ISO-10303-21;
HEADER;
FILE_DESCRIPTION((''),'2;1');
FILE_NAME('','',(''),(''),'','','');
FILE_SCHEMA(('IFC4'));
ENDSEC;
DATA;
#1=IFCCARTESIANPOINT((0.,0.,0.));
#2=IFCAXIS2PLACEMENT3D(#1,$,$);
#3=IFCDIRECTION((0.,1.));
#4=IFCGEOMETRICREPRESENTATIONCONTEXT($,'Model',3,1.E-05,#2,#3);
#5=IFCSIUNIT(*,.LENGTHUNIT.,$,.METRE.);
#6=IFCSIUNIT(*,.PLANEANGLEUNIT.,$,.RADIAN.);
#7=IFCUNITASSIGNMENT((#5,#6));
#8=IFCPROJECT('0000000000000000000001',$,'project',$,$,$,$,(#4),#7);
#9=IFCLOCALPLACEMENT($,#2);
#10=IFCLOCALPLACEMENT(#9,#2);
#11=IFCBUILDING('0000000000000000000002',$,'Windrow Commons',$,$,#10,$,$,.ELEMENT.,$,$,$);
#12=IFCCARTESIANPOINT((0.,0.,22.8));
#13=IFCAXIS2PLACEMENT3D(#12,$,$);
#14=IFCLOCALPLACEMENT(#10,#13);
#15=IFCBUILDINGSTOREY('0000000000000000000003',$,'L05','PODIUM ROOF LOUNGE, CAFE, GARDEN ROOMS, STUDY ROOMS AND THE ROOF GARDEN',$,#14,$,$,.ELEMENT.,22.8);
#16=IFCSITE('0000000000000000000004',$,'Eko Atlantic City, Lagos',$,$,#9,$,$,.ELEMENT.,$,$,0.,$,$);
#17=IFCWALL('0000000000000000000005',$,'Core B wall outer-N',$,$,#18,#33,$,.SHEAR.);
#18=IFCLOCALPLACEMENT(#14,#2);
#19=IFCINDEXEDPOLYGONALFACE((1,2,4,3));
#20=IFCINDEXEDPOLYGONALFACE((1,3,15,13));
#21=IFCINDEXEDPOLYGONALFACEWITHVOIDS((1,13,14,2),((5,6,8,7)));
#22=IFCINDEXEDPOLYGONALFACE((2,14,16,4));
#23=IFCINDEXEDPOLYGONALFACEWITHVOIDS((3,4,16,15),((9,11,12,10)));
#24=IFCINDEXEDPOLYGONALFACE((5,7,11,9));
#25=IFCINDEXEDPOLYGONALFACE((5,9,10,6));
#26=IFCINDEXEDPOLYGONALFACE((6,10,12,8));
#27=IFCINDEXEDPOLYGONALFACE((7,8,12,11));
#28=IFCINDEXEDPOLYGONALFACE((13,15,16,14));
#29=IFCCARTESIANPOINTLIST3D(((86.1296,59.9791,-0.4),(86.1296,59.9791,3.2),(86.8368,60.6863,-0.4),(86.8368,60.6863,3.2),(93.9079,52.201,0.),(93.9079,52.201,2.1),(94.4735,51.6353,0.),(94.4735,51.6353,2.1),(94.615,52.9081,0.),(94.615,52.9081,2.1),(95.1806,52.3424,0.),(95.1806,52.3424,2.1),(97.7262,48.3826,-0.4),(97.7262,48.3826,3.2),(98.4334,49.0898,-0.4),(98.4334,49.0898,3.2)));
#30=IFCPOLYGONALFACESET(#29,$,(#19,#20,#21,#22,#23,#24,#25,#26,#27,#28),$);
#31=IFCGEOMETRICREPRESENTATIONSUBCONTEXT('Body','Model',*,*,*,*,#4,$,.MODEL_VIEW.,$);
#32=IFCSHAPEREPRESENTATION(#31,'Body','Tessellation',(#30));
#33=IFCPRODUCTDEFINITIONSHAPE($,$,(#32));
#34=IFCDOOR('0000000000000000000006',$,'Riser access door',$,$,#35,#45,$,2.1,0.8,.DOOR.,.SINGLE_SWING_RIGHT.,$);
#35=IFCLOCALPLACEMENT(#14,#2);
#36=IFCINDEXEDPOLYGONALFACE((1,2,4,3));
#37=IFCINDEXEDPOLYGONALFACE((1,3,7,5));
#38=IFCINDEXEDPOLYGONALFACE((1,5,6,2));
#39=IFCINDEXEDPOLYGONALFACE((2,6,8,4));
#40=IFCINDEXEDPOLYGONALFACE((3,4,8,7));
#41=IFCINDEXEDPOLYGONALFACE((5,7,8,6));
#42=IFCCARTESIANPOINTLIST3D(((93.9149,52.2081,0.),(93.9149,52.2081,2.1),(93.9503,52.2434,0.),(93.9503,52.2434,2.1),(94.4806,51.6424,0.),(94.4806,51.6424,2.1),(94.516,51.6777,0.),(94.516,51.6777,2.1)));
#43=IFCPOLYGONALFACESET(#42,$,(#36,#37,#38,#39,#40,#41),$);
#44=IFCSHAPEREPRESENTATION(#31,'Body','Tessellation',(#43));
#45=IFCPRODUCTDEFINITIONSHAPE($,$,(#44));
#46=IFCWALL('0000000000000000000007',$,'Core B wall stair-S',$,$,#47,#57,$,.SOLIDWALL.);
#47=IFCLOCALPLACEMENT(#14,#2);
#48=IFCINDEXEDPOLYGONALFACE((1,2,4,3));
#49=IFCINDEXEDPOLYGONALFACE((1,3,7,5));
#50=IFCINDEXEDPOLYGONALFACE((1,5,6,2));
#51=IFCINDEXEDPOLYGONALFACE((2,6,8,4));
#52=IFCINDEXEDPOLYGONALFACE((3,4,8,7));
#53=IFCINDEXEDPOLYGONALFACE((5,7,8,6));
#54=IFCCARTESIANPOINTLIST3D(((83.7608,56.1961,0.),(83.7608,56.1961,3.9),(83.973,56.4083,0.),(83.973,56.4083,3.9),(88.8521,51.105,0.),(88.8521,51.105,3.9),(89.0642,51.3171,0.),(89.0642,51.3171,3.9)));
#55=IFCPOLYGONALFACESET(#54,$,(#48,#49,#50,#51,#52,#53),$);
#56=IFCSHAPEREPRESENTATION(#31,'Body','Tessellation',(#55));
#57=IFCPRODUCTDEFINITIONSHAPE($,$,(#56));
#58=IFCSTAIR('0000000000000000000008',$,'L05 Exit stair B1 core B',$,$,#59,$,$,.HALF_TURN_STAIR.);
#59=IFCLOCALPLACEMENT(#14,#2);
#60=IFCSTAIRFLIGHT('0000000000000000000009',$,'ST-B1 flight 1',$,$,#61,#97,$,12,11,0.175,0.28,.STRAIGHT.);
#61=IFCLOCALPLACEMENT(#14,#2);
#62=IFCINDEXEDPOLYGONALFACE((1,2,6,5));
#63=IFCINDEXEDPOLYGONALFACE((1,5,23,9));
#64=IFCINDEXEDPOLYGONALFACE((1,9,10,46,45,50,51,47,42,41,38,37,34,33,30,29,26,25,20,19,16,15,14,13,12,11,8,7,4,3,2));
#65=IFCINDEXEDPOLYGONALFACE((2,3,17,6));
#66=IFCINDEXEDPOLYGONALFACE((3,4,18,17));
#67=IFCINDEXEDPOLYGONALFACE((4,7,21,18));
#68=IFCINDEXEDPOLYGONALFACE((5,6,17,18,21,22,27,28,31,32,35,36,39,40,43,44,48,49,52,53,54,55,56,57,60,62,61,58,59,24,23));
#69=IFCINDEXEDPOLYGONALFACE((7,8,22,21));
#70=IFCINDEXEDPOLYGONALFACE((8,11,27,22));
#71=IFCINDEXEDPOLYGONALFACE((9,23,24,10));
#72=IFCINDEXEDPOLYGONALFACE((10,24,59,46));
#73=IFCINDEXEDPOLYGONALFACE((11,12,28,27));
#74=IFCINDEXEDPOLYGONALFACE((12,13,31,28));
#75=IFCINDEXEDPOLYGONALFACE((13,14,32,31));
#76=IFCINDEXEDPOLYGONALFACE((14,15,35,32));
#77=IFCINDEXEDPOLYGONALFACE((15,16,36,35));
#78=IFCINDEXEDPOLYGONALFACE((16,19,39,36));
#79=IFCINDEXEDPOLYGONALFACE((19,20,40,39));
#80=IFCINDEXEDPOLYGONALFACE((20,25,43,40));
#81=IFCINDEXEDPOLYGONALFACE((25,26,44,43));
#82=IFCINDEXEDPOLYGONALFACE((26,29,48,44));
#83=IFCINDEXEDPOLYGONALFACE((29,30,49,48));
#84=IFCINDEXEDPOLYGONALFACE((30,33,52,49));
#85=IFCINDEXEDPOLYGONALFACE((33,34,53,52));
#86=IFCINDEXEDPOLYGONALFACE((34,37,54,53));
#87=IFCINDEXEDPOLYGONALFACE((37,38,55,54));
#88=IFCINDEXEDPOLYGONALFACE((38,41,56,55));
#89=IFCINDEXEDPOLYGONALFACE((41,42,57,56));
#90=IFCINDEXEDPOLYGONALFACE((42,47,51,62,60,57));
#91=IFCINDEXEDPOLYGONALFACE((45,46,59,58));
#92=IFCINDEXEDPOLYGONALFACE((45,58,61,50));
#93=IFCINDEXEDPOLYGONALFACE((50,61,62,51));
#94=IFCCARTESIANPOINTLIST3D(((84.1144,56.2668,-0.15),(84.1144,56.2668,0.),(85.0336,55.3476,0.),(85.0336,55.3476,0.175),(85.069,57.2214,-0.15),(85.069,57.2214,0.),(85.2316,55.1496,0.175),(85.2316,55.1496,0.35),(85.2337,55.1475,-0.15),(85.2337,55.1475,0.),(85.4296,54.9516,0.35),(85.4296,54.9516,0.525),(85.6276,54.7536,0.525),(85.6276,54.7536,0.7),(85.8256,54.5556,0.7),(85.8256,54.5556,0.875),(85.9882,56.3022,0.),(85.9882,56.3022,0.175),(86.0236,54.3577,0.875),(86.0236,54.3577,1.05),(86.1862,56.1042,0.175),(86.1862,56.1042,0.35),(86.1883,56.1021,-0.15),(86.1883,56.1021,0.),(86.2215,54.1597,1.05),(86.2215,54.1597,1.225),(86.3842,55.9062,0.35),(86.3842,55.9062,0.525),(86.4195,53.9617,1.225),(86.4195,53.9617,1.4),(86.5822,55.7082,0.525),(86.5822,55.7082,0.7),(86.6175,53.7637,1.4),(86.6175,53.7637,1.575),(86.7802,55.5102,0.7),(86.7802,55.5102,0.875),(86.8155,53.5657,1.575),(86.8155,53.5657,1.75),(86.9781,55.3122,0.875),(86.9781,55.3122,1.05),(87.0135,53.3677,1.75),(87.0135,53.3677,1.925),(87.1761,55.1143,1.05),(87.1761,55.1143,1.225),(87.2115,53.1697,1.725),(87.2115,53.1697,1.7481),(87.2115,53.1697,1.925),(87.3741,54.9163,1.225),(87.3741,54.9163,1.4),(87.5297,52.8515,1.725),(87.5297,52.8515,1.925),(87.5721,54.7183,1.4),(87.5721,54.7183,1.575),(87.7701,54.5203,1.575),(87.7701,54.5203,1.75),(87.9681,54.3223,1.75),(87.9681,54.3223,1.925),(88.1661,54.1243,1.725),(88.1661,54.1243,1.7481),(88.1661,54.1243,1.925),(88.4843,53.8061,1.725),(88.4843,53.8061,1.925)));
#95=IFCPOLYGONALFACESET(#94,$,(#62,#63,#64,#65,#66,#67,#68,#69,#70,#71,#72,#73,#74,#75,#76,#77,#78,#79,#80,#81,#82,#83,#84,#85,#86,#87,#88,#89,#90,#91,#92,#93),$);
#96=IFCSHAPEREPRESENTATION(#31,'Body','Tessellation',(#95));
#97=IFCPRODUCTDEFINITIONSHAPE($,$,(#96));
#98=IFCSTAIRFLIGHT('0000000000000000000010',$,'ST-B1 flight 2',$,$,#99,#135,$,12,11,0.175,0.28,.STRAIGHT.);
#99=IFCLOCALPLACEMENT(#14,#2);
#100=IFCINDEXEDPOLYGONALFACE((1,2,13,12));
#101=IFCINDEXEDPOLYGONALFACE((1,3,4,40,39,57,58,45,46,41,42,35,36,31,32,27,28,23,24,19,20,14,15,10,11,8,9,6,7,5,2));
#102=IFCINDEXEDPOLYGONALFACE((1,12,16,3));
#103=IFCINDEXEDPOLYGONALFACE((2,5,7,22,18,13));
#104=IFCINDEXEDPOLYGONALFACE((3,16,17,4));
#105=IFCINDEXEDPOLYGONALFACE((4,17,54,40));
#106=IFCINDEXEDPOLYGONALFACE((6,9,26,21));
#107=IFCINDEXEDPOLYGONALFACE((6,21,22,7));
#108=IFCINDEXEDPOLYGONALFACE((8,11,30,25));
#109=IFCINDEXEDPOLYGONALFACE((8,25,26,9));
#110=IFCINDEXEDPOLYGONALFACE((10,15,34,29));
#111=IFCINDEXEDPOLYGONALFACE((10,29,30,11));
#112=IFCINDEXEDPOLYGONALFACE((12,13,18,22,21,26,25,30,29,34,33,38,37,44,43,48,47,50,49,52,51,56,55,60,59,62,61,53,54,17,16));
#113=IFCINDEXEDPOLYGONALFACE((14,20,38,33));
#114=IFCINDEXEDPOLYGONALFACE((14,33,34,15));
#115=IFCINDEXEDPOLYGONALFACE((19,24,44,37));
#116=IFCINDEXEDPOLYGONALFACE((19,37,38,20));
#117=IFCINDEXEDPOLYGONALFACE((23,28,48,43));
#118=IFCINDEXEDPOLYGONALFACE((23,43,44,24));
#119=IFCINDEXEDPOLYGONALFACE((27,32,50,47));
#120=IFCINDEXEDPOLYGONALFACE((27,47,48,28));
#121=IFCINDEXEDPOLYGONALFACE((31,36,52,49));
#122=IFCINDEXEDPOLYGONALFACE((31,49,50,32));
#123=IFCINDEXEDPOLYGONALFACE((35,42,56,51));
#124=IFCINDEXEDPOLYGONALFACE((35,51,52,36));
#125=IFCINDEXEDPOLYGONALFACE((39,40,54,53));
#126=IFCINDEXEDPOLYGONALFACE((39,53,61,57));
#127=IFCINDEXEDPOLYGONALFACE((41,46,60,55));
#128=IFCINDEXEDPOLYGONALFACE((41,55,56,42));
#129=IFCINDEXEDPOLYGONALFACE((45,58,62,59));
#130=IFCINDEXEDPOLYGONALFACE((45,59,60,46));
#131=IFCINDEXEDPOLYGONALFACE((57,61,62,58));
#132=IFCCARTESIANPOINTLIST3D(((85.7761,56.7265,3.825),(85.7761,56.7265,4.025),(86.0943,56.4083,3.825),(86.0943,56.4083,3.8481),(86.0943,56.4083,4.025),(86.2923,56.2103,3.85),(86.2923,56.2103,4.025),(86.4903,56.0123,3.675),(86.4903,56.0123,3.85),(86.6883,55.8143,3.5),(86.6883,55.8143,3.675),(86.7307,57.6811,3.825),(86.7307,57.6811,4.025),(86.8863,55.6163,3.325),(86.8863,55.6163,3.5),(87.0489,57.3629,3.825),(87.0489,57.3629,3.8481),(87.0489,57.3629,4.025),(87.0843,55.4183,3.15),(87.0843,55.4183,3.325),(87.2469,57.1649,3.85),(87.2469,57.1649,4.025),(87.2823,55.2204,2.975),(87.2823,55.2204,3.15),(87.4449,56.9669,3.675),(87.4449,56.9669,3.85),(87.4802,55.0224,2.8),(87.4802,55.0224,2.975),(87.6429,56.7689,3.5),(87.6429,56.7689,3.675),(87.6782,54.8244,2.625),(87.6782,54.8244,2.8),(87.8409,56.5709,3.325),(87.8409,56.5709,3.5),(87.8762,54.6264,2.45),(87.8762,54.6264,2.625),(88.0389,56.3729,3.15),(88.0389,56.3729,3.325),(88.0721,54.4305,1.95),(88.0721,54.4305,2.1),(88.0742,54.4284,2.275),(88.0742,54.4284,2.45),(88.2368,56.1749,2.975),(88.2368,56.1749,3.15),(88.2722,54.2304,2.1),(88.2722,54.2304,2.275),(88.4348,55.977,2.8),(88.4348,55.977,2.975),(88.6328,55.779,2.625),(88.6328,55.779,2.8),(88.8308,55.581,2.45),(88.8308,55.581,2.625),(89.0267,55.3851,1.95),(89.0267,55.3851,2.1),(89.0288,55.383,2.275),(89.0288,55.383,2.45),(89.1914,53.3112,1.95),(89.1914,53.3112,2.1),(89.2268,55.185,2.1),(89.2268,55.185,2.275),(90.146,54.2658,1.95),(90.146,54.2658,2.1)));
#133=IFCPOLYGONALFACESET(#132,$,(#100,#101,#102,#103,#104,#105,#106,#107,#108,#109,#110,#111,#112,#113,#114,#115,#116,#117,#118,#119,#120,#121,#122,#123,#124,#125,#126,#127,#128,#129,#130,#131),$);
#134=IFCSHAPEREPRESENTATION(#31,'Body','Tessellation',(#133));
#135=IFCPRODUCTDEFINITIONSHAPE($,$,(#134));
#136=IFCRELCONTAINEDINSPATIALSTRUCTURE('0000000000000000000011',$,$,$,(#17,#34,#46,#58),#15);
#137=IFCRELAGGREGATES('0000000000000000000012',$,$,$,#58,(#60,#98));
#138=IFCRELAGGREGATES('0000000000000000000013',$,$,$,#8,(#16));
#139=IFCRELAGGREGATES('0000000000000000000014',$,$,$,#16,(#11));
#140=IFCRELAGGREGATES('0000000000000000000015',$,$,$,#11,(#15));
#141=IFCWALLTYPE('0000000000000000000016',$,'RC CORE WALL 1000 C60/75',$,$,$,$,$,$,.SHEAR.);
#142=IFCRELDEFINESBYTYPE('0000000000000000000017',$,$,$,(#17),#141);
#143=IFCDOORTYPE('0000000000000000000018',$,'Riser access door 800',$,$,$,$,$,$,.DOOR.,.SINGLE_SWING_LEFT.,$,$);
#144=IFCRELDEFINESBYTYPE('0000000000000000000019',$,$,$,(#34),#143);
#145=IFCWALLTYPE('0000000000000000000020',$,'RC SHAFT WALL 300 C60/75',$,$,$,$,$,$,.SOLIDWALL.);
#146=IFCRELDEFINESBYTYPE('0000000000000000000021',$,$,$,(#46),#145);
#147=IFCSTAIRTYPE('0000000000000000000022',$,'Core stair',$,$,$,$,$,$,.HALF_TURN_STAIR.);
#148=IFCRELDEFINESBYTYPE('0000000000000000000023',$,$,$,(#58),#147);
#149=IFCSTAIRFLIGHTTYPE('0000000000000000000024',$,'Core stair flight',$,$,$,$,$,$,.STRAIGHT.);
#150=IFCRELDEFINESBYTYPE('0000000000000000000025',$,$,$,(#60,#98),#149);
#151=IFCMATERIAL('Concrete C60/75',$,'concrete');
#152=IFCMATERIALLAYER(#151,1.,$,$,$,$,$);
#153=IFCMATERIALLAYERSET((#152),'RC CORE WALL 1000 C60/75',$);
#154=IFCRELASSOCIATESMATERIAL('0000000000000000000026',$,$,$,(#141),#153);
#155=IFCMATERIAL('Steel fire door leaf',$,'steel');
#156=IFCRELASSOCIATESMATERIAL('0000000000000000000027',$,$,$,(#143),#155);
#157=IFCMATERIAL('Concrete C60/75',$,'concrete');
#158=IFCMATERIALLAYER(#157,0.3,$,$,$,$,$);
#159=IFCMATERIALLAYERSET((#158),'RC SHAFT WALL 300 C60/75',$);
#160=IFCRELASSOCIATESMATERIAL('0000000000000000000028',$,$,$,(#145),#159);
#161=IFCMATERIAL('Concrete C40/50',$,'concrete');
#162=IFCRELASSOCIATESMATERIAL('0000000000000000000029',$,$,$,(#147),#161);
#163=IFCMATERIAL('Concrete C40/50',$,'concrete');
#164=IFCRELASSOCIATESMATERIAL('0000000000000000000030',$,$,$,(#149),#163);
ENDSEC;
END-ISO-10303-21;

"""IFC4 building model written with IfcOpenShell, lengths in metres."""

from ifc_helpers import new_model, si_unit, direction, frame, frame_2d, origin, place, context, subcontext, project, spatial, polyline, rectangle, outline, extrude, material, layer, layer_set, type_object, element, fill, aggregate, save


model = new_model("IFC4")

# Units and contexts
model_context = context("Model", 3, precision=1e-05, world=origin(), true_north=direction((0.0, 1.0)))
body_context = subcontext(model_context, "Body", "Model", "MODEL_VIEW")
ifc_project = project(units=[si_unit("LENGTHUNIT", "METRE"), si_unit("PLANEANGLEUNIT", "RADIAN")], contexts=[model_context])

# Site, building, storey
site_placement = place(None, origin())
site = spatial("IfcSite", under=ifc_project, at=site_placement, Name="Eko Atlantic City, Lagos", CompositionType="ELEMENT", RefElevation=0.0)
building_placement = place(site_placement, origin())
building = spatial("IfcBuilding", under=site, at=building_placement, Name="Windrow Commons", CompositionType="ELEMENT")
storey_placement = place(building_placement, frame((0.0, 0.0, 22.8)))
storey = spatial("IfcBuildingStorey", under=building, at=storey_placement, Name="L05", Description="PODIUM ROOF LOUNGE, CAFE, GARDEN ROOMS, STUDY ROOMS AND THE ROOF GARDEN", CompositionType="ELEMENT", Elevation=22.8)

# Wall, opening, door
ifc_material_1 = material(Name="Concrete C60/75", Category="concrete")
ifc_layer_1 = layer(ifc_material_1, 1.0)
ifc_layer_set_1 = layer_set([ifc_layer_1], Name="RC CORE WALL 1000 C60/75")
wall_type_1 = type_object("IfcWallType", Name="RC CORE WALL 1000 C60/75", PredefinedType="SHEAR", material=ifc_layer_set_1)
wall_1_placement = place(storey_placement, frame((86.4832, 60.3327, -0.4), z_axis=(0.0, 0.0, 1.0), x_axis=(0.70711, -0.707104, 0.0)))
wall_1 = element("IfcWall", 1, at=wall_1_placement, inside=storey, type_object=wall_type_1, Name="Core B wall outer-N", PredefinedType="SHEAR", context=body_context, shape_type="SweptSolid", body=[
    extrude(rectangle(XDim=16.4, YDim=1.0, at=frame_2d((8.2, 0.0))), origin(), (0.0, 0.0, 1.0), 3.6),
])
opening_1_placement = place(wall_1_placement, frame((11.0, 0.0, 0.4)))
opening_1 = element("IfcOpeningElement", 2, at=opening_1_placement, cuts=wall_1, PredefinedType="OPENING", context=body_context, shape_type="SweptSolid", body=[
    extrude(rectangle(XDim=0.8, YDim=2.1, at=frame_2d((0.4, 1.05))), frame((0.0, 0.51, 0.0), z_axis=(0.0, -1.0, 0.0), x_axis=(1.0, 0.0, 0.0)), (0.0, 0.0, 1.0), 1.02),
])
ifc_material_2 = material(Name="Steel fire door leaf", Category="steel")
door_type_1 = type_object("IfcDoorType", Name="Riser access door 800", OperationType="SINGLE_SWING_LEFT", PredefinedType="DOOR", material=ifc_material_2)
door_1_placement = place(opening_1_placement, origin())
door_1 = element("IfcDoor", 3, at=door_1_placement, inside=storey, type_object=door_type_1, Name="Riser access door", OperationType="SINGLE_SWING_RIGHT", OverallHeight=2.1, OverallWidth=0.8, PredefinedType="DOOR", context=body_context, shape_type="SweptSolid", body=[
    extrude(rectangle(XDim=0.8, YDim=2.1, at=frame_2d((0.4, 1.05))), frame((0.0, -0.44, 0.0), z_axis=(0.0, -1.0, 0.0), x_axis=(1.0, 0.0, 0.0)), (0.0, 0.0, 1.0), 0.05),
])
fill(opening_1, door_1)

# Wall
ifc_material_3 = material(Name="Concrete C60/75", Category="concrete")
ifc_layer_2 = layer(ifc_material_3, 0.3)
ifc_layer_set_2 = layer_set([ifc_layer_2], Name="RC SHAFT WALL 300 C60/75")
wall_type_2 = type_object("IfcWallType", Name="RC SHAFT WALL 300 C60/75", PredefinedType="SOLIDWALL", material=ifc_layer_set_2)
wall_2_placement = place(storey_placement, frame((83.8669, 56.3022, 0.0), z_axis=(0.0, 0.0, 1.0), x_axis=(0.707114, -0.7071, 0.0)))
element("IfcWall", 4, at=wall_2_placement, inside=storey, type_object=wall_type_2, Name="Core B wall stair-S", PredefinedType="SOLIDWALL", context=body_context, shape_type="SweptSolid", body=[
    extrude(rectangle(XDim=7.2, YDim=0.3, at=frame_2d((3.6, 0.0))), origin(), (0.0, 0.0, 1.0), 3.9),
])

# Stair, stair flights
ifc_material_4 = material(Name="Concrete C40/50", Category="concrete")
stair_type = type_object("IfcStairType", Name="Core stair", PredefinedType="HALF_TURN_STAIR", material=ifc_material_4)
stair_placement = place(storey_placement, origin())
stair = element("IfcStair", 5, at=stair_placement, inside=storey, type_object=stair_type, Name="L05 Exit stair B1 core B", PredefinedType="HALF_TURN_STAIR")
ifc_material_5 = material(Name="Concrete C40/50", Category="concrete")
stair_flight_type = type_object("IfcStairFlightType", Name="Core stair flight", PredefinedType="STRAIGHT", material=ifc_material_5)
stair_flight_1_placement = place(storey_placement, frame((85.5109, 55.8249, 0.0), z_axis=(0.0, 0.0, 1.0), x_axis=(0.707107, -0.707107, 0.0)))
stair_flight_1 = element("IfcStairFlight", 6, at=stair_flight_1_placement, type_object=stair_flight_type, Name="ST-B1 flight 1", NumberOfRisers=12, NumberOfTreads=11, PredefinedType="STRAIGHT", RiserHeight=0.175, TreadLength=0.28, context=body_context, shape_type="SweptSolid", body=[
    extrude(outline(polyline([(-1.3, -0.15), (-1.3, 0.0), (0.0, 0.0), (0.0, 0.175), (0.28, 0.175), (0.28, 0.35), (0.56, 0.35), (0.56, 0.525), (0.84, 0.525), (0.84, 0.7), (1.12, 0.7), (1.12, 0.875), (1.4, 0.875), (1.4, 1.05), (1.68, 1.05), (1.68, 1.225), (1.96, 1.225), (1.96, 1.4), (2.24, 1.4), (2.24, 1.575), (2.52, 1.575), (2.52, 1.75), (2.8, 1.75), (2.8, 1.925), (3.08, 1.925), (3.53, 1.925), (3.53, 1.725), (3.08, 1.725), (3.08, 1.7481), (0.283, 0.0), (0.283, -0.15), (-1.3, -0.15)])), frame((0.0, 0.675, 0.0), z_axis=(0.0, -1.0, 0.0), x_axis=(1.0, 0.0, 0.0)), (0.0, 0.0, 1.0), 1.35),
])
stair_flight_2_placement = place(storey_placement, frame((88.7495, 54.7077, 2.1), z_axis=(0.0, 0.0, 1.0), x_axis=(-0.707107, 0.707107, 0.0)))
stair_flight_2 = element("IfcStairFlight", 7, at=stair_flight_2_placement, type_object=stair_flight_type, Name="ST-B1 flight 2", NumberOfRisers=12, NumberOfTreads=11, PredefinedType="STRAIGHT", RiserHeight=0.175, TreadLength=0.28, context=body_context, shape_type="SweptSolid", body=[
    extrude(outline(polyline([(-1.3, -0.15), (-1.3, 0.0), (0.0, 0.0), (0.0, 0.175), (0.28, 0.175), (0.28, 0.35), (0.56, 0.35), (0.56, 0.525), (0.84, 0.525), (0.84, 0.7), (1.12, 0.7), (1.12, 0.875), (1.4, 0.875), (1.4, 1.05), (1.68, 1.05), (1.68, 1.225), (1.96, 1.225), (1.96, 1.4), (2.24, 1.4), (2.24, 1.575), (2.52, 1.575), (2.52, 1.75), (2.8, 1.75), (2.8, 1.925), (3.08, 1.925), (3.53, 1.925), (3.53, 1.725), (3.08, 1.725), (3.08, 1.7481), (0.283, 0.0), (0.283, -0.15), (-1.3, -0.15)])), frame((0.0, 0.675, 0.0), z_axis=(0.0, -1.0, 0.0), x_axis=(1.0, 0.0, 0.0)), (0.0, 0.0, 1.0), 1.35),
])
aggregate(stair, [stair_flight_1, stair_flight_2])

save(model, "model.ifc")
